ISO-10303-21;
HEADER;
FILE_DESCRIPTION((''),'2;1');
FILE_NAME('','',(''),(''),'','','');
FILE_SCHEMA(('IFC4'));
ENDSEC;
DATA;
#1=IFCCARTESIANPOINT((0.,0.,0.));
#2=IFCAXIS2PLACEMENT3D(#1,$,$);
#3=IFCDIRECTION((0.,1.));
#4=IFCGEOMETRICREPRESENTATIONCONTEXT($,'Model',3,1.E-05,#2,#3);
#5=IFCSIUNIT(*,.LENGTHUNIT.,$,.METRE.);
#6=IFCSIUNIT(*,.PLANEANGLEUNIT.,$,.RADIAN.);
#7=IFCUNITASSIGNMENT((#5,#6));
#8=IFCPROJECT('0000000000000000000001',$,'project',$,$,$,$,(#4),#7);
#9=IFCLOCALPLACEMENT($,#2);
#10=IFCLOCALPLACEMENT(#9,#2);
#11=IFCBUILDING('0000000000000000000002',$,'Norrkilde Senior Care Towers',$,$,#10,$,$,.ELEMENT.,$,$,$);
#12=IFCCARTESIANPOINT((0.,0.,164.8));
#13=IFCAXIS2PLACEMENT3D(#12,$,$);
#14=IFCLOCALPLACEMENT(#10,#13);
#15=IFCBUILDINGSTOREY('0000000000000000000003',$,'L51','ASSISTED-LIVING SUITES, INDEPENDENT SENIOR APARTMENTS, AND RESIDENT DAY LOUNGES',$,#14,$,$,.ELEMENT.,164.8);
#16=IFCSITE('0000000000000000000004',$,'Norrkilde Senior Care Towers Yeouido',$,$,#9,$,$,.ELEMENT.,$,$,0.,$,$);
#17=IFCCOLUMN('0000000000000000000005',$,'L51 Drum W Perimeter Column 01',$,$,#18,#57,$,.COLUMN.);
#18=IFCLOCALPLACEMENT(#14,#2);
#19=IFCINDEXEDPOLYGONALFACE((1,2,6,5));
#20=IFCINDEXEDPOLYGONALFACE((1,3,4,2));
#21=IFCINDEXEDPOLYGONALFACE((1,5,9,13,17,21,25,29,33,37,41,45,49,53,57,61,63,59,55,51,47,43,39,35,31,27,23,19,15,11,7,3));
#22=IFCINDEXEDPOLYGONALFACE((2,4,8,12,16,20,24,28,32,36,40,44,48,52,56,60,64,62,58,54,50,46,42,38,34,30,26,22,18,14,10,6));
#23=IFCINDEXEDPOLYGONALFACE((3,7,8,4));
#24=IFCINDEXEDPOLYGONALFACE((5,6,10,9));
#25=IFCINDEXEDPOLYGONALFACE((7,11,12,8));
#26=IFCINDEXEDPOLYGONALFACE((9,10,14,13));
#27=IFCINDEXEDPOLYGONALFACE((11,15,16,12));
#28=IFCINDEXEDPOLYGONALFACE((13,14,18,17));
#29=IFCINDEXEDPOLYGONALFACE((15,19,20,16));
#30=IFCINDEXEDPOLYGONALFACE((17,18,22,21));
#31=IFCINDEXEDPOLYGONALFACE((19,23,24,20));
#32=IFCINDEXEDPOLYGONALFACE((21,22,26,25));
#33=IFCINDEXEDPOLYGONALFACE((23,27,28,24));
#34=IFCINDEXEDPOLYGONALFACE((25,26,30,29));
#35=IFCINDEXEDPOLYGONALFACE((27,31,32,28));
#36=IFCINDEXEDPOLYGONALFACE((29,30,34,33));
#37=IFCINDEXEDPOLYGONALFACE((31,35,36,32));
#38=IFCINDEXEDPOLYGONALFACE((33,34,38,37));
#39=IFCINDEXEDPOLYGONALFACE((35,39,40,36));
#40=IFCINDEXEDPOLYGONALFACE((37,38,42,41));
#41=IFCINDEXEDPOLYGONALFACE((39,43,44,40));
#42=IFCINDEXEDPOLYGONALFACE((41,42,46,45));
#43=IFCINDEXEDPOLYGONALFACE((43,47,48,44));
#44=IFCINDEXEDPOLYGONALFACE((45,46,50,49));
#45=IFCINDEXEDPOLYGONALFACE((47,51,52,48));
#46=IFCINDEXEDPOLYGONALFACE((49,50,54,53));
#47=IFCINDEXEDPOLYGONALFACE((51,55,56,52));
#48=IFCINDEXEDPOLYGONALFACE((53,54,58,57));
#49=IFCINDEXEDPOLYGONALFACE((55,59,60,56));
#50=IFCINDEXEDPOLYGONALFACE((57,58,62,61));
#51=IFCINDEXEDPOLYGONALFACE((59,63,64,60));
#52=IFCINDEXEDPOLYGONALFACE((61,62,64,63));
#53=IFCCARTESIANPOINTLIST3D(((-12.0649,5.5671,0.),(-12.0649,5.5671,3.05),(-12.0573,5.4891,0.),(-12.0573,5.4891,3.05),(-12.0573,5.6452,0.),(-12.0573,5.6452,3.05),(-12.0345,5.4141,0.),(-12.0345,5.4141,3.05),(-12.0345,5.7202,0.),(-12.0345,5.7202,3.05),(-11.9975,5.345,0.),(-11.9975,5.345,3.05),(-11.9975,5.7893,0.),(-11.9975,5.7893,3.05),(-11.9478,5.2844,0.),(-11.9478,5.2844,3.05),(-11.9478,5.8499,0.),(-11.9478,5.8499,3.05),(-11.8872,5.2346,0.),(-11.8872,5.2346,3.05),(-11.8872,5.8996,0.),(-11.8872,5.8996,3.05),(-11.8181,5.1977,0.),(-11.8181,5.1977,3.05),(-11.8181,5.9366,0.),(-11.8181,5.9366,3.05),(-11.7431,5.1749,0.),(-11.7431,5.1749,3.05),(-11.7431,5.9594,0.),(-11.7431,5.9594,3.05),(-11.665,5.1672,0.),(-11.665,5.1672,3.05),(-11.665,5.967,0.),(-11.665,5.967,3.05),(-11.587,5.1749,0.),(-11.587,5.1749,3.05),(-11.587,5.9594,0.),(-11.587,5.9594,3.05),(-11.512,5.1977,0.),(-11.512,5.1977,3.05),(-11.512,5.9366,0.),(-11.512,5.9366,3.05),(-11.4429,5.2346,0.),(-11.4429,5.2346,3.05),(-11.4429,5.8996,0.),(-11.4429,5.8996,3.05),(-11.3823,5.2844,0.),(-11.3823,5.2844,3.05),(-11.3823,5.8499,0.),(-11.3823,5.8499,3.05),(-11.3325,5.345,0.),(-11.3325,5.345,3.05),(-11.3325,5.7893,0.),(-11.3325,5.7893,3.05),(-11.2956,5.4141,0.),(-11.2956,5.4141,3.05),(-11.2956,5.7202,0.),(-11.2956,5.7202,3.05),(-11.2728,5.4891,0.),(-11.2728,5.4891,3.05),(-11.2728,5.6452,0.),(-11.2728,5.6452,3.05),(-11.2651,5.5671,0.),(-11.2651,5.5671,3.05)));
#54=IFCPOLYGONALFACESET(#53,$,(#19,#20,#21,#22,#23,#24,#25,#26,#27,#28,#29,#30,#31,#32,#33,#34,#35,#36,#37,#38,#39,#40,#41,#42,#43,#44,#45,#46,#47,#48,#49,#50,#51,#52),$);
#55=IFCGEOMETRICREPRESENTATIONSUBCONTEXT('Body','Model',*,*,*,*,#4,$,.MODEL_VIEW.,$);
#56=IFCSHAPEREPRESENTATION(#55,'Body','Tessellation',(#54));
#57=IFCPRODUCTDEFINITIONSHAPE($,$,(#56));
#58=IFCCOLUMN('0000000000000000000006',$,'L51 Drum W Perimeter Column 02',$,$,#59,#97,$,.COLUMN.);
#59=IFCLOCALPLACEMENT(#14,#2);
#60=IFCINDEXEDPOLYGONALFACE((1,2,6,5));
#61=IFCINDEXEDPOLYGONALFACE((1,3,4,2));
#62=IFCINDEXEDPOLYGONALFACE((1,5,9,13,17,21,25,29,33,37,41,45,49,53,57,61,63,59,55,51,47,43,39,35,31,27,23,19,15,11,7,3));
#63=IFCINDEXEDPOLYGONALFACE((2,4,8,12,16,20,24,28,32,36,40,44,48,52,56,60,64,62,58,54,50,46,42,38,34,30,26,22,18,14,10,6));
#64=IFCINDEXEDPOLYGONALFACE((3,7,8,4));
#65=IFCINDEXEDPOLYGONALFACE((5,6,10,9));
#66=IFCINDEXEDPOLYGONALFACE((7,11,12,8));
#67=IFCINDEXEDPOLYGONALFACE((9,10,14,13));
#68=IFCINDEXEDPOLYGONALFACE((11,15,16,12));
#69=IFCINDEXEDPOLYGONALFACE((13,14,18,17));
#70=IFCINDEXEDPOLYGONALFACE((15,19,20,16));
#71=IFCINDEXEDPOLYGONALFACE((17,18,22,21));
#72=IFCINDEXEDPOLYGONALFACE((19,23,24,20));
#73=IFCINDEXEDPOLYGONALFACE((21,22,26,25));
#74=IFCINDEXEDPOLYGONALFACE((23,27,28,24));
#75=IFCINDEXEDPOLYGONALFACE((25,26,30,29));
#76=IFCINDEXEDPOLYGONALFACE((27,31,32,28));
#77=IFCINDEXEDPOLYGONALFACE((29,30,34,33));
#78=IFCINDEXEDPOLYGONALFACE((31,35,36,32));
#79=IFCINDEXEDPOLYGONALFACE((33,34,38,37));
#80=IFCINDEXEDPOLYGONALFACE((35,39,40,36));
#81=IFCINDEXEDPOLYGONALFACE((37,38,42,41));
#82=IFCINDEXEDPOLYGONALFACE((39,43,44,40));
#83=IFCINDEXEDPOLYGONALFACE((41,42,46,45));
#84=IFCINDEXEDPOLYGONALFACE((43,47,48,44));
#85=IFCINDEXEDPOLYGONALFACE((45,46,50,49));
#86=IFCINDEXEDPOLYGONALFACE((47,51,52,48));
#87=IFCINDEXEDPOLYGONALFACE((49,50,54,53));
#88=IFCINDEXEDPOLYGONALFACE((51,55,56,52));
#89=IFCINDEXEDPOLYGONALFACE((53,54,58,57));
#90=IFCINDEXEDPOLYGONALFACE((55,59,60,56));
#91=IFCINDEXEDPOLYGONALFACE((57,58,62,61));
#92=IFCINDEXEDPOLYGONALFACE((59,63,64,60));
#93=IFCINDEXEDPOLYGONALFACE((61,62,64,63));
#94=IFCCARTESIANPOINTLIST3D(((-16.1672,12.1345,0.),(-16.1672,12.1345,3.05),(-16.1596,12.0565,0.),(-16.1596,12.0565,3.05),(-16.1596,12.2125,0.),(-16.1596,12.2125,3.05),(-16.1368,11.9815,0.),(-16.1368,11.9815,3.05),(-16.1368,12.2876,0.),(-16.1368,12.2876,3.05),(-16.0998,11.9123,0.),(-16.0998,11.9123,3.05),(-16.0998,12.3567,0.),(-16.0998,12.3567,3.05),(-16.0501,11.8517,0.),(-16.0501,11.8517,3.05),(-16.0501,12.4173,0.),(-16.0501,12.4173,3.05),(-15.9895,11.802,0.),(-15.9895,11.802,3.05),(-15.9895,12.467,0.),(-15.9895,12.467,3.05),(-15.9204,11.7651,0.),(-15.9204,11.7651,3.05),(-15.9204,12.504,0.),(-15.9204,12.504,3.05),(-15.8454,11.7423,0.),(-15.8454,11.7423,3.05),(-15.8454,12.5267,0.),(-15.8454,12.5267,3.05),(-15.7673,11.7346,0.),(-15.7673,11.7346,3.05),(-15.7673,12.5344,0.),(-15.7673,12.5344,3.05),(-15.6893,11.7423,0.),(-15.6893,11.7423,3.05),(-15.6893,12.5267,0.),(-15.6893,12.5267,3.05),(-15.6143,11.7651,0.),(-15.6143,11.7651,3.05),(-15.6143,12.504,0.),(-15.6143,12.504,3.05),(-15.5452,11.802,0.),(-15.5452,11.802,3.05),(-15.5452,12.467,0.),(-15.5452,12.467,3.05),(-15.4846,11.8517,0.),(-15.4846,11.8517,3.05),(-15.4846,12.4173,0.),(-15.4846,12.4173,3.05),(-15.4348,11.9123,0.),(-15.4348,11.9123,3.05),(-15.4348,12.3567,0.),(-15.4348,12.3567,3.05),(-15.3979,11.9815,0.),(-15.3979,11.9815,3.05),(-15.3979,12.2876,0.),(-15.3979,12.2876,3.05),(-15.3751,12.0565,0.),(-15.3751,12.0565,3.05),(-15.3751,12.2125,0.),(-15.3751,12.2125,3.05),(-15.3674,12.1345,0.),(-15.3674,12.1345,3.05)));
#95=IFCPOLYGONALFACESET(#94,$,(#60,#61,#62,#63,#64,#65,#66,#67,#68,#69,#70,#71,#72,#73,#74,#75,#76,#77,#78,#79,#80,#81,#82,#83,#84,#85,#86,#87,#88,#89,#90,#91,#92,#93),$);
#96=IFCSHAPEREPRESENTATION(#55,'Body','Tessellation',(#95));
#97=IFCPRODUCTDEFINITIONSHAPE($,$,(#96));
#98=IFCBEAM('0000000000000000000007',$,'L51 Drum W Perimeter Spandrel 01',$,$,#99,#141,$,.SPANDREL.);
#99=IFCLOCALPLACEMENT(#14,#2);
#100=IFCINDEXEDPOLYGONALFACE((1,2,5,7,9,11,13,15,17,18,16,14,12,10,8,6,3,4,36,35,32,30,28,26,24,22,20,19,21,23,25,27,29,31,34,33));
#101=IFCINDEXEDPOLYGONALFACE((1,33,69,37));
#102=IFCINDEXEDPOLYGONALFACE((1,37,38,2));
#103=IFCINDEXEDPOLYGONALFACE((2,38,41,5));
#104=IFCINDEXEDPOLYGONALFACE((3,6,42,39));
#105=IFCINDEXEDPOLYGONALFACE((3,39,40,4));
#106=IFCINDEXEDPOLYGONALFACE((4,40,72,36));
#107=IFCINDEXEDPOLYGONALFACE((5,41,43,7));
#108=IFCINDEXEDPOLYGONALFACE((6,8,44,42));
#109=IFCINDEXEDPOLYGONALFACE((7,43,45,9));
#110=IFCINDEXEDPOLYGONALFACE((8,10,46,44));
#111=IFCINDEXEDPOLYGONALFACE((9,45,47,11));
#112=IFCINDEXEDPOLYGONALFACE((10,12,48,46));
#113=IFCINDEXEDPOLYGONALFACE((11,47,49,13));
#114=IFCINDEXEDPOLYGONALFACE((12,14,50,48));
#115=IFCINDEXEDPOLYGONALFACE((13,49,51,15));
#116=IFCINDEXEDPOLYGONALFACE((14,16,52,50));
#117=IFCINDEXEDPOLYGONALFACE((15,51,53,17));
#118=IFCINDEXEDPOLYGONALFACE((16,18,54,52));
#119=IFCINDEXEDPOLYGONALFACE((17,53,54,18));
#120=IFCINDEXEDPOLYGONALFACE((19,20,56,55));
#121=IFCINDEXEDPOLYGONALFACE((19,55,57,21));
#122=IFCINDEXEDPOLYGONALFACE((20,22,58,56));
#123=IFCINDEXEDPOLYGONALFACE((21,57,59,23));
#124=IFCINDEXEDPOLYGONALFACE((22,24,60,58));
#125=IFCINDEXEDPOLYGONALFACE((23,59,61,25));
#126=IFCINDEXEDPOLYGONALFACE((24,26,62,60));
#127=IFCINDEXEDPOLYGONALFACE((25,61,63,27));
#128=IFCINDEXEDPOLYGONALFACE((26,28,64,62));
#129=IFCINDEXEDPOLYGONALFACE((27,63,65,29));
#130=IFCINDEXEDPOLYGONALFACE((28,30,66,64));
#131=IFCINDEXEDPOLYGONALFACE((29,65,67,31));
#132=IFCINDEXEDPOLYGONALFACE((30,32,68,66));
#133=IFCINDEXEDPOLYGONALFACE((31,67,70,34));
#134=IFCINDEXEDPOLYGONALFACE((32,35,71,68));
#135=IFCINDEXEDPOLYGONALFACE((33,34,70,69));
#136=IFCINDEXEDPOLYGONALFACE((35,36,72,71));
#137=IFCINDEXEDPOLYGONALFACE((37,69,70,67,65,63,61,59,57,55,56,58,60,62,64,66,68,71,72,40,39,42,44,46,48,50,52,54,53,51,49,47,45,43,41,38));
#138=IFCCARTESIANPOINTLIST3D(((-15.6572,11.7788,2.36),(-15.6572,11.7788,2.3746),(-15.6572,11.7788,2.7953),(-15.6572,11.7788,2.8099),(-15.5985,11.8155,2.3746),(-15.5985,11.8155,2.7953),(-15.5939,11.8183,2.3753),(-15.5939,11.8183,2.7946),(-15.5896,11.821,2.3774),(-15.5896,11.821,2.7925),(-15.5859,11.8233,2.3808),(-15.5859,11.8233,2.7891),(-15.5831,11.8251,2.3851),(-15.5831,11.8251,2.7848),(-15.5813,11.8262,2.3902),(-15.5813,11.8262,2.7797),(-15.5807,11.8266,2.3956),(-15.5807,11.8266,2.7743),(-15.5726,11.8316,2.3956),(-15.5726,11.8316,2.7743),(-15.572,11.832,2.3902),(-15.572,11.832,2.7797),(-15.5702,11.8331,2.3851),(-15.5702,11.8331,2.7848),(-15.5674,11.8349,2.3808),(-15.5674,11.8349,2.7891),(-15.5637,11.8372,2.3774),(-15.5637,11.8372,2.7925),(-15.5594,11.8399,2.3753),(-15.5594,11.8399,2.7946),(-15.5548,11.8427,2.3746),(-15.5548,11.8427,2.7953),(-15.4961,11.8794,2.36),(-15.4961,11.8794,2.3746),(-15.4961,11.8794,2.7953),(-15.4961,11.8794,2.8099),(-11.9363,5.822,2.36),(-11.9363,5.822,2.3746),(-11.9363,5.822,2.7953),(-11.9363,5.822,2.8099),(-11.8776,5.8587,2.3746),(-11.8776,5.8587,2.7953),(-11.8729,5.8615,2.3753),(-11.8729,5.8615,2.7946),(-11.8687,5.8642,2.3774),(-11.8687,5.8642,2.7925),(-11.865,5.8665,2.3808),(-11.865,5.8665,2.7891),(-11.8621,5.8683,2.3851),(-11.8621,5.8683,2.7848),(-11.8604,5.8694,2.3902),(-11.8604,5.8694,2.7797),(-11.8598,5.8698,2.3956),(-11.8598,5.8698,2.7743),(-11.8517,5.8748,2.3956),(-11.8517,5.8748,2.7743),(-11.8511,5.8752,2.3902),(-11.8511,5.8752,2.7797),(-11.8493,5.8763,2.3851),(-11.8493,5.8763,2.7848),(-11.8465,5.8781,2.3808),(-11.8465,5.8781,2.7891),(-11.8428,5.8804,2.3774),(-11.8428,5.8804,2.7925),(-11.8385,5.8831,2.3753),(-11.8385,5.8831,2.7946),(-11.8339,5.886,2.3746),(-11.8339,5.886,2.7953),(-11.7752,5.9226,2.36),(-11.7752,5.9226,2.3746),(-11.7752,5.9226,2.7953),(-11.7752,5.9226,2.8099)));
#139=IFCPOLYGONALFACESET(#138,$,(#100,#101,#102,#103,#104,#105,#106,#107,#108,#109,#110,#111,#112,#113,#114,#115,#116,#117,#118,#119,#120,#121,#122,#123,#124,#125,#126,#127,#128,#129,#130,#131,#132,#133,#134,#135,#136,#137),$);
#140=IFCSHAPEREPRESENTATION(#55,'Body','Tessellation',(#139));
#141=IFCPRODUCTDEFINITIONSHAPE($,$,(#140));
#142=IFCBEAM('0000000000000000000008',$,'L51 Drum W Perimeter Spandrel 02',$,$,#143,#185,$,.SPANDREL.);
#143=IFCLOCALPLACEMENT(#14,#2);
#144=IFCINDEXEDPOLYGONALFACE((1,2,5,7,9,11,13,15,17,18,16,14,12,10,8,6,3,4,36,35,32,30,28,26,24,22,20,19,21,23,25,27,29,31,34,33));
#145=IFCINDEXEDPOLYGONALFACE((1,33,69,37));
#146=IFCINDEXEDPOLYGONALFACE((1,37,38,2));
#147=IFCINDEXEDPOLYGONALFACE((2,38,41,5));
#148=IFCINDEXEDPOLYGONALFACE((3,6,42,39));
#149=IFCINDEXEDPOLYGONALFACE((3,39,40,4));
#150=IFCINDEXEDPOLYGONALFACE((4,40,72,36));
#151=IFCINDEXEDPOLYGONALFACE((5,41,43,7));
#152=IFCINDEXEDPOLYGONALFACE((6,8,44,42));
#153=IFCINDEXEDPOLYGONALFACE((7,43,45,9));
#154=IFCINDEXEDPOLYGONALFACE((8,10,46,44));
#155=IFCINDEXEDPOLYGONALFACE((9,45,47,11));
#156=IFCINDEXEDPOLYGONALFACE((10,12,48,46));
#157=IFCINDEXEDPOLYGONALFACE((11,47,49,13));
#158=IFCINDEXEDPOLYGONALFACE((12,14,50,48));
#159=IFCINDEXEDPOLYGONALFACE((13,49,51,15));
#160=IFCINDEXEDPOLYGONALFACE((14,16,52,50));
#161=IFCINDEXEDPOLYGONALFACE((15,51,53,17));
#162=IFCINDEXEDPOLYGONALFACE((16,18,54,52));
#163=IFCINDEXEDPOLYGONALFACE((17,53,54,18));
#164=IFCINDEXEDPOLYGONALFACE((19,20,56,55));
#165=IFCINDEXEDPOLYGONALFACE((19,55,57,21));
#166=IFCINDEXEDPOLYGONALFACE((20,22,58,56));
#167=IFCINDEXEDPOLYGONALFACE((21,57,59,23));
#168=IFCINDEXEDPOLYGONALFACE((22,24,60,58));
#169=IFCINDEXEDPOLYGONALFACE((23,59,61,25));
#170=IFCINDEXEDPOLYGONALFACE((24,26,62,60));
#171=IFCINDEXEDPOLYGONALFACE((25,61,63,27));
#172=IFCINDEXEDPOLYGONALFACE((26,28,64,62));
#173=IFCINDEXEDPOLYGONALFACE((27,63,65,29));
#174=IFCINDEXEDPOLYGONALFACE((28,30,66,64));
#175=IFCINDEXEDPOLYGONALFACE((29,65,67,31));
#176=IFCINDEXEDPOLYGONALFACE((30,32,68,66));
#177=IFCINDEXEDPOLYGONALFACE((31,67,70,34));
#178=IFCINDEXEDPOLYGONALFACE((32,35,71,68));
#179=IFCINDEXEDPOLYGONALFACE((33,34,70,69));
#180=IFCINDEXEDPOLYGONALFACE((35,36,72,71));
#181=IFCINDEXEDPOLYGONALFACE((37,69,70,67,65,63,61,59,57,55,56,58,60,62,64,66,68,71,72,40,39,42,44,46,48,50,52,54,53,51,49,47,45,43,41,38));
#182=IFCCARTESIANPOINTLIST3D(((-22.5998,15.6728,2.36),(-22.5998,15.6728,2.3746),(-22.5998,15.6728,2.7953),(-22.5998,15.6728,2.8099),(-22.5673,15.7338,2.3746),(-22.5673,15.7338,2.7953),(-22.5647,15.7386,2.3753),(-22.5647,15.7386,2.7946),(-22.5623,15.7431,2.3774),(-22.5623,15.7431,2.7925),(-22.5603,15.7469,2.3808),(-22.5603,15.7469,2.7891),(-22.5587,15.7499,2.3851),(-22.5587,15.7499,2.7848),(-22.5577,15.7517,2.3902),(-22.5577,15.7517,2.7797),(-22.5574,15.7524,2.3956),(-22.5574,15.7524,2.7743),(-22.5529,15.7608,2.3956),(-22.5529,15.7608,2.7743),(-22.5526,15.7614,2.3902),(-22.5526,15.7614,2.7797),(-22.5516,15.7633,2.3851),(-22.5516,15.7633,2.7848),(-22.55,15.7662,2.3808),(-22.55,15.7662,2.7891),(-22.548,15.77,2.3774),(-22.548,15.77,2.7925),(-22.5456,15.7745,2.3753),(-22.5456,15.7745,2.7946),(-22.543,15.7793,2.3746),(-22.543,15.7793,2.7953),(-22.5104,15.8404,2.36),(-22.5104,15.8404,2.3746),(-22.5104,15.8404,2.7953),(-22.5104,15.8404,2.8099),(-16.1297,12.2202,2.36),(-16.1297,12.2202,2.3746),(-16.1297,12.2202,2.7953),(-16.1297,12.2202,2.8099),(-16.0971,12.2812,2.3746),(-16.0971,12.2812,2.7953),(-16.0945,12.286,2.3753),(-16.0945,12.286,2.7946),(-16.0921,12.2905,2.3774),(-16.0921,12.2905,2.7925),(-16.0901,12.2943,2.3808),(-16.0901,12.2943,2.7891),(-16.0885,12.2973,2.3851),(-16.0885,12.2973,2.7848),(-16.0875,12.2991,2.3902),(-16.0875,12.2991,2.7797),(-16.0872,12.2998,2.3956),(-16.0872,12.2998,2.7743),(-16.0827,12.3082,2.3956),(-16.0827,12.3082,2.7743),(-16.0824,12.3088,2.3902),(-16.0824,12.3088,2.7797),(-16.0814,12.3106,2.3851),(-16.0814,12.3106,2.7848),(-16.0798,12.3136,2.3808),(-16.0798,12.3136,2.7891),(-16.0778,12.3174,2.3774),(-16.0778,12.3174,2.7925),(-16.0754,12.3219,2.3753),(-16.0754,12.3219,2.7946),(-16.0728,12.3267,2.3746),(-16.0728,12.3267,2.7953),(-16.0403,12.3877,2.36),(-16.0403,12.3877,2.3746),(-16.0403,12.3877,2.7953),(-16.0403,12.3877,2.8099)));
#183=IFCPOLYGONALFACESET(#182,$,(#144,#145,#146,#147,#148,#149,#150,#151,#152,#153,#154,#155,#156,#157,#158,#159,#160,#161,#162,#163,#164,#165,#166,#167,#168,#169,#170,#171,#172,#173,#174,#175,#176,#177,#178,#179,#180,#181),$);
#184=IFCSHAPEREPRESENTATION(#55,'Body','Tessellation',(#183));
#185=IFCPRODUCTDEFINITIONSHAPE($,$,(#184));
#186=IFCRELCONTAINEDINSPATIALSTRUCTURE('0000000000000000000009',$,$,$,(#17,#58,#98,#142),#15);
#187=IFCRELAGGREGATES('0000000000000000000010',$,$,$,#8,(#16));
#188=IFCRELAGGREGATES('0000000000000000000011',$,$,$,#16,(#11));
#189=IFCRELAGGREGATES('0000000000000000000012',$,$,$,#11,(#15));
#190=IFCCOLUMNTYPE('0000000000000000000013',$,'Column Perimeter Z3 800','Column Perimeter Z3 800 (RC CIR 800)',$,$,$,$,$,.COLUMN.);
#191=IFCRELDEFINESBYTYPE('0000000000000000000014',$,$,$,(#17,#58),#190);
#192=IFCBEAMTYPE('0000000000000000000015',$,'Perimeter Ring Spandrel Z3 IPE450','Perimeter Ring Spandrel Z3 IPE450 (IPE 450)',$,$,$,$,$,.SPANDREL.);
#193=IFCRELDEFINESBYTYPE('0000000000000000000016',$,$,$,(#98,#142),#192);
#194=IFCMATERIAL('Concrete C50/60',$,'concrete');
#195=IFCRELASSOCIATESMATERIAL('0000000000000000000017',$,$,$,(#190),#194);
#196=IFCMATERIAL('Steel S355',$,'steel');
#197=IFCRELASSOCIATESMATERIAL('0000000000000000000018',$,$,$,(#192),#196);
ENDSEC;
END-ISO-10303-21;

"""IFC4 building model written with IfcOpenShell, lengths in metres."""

from ifc_helpers import new_model, si_unit, direction, frame, origin, origin_2d, place, context, subcontext, project, spatial, circle, i_section, extrude, source, transform, mapped, material, material_profile, profile_set, type_object, type_shapes, element, save


model = new_model("IFC4")

# Units and contexts
model_context = context("Model", 3, precision=1e-05, world=origin(), true_north=direction((0.0, 1.0)))
body_context = subcontext(model_context, "Body", "Model", "MODEL_VIEW")
ifc_project = project(units=[si_unit("LENGTHUNIT", "METRE"), si_unit("PLANEANGLEUNIT", "RADIAN")], contexts=[model_context])

# Site, building, storey
site_placement = place(None, origin())
site = spatial("IfcSite", under=ifc_project, at=site_placement, Name="Norrkilde Senior Care Towers Yeouido", CompositionType="ELEMENT", RefElevation=0.0)
building_placement = place(site_placement, origin())
building = spatial("IfcBuilding", under=site, at=building_placement, Name="Norrkilde Senior Care Towers", CompositionType="ELEMENT")
storey_placement = place(building_placement, frame((0.0, 0.0, 164.8)))
storey = spatial("IfcBuildingStorey", under=building, at=storey_placement, Name="L51", Description="ASSISTED-LIVING SUITES, INDEPENDENT SENIOR APARTMENTS, AND RESIDENT DAY LOUNGES", CompositionType="ELEMENT", Elevation=164.8)

# Columns
ifc_material_1 = material(Name="Concrete C50/60", Category="concrete")
ifc_material_profile_1 = material_profile(ifc_material_1, circle(Radius=0.3999, at=origin_2d()), Name="RC CIR 800")
ifc_profile_set_1 = profile_set([ifc_material_profile_1], Name="Concrete C50/60")
column_type = type_object("IfcColumnType", Name="Column Perimeter Z3 800", Description="Column Perimeter Z3 800 (RC CIR 800)", PredefinedType="COLUMN", material=ifc_profile_set_1)
shared_shape_1 = source(origin(), body_context, "Body", "SweptSolid", [
    extrude(circle(Radius=0.3999, at=origin_2d()), origin(), (0.0, 0.0, 1.0), 3.05),
])
type_shapes(column_type, [shared_shape_1])
for number, where, z_axis, x_axis, name in (
    (1, (-11.665, 5.5671, 0.0), (0.0, 0.0, 1.0), (1.0, 0.0, 0.0), "L51 Drum W Perimeter Column 01"),
    (2, (-15.7673, 12.1345, 0.0), (0.0, 0.0, 1.0), (1.0, 0.0, 0.0), "L51 Drum W Perimeter Column 02"),
):
    element("IfcColumn", number, at=place(storey_placement, frame(where, z_axis=z_axis, x_axis=x_axis)), inside=storey, type_object=column_type, Name=name, PredefinedType="COLUMN", context=body_context, shape_type="MappedRepresentation", body=[
        mapped(shared_shape_1, transform((0.0, 0.0, 0.0), x_axis=(1.0, 0.0, 0.0), y_axis=(0.0, 1.0, 0.0), z_axis=(0.0, 0.0, 1.0), scale=1.0)),
    ])

# Beams
ifc_material_2 = material(Name="Steel S355", Category="steel")
ifc_material_profile_2 = material_profile(ifc_material_2, i_section(OverallWidth=0.1899, OverallDepth=0.45, WebThickness=0.0095, FlangeThickness=0.0146, FilletRadius=0.021, at=origin_2d()), Name="IPE 450")
ifc_profile_set_2 = profile_set([ifc_material_profile_2], Name="Steel S355")
beam_type_1 = type_object("IfcBeamType", Name="Perimeter Ring Spandrel Z3 IPE450", Description="Perimeter Ring Spandrel Z3 IPE450 (IPE 450)", PredefinedType="SPANDREL", material=ifc_profile_set_2)
shared_shape_2 = source(origin(), body_context, "Body", "SweptSolid", [
    extrude(i_section(OverallWidth=0.1899, OverallDepth=0.45, WebThickness=0.0095, FlangeThickness=0.0146, FilletRadius=0.021, at=origin_2d()), origin(), (0.0, 0.0, 1.0), 7.0234),
])
beam_1_placement = place(storey_placement, frame((-11.8557, 5.8723, 2.585), z_axis=(-0.52979, 0.848129, 0.0), x_axis=(-0.848129, -0.52979, 0.0)))
element("IfcBeam", 3, at=beam_1_placement, inside=storey, type_object=beam_type_1, Name="L51 Drum W Perimeter Spandrel 01", PredefinedType="SPANDREL", context=body_context, shape_type="MappedRepresentation", body=[
    mapped(shared_shape_2, transform((0.0, 0.0, 0.0), x_axis=(1.0, 0.0, 0.0), y_axis=(0.0, 1.0, 0.0), z_axis=(0.0, 0.0, 1.0), scale=1.0)),
])
shared_shape_3 = source(origin(), body_context, "Body", "SweptSolid", [
    extrude(i_section(OverallWidth=0.1899, OverallDepth=0.45, WebThickness=0.0095, FlangeThickness=0.0146, FilletRadius=0.021, at=origin_2d()), origin(), (0.0, 0.0, 1.0), 7.3337),
])
type_shapes(beam_type_1, [shared_shape_2, shared_shape_3])
beam_2_placement = place(storey_placement, frame((-16.085, 12.304, 2.585), z_axis=(-0.882248, 0.470785, 0.0), x_axis=(-0.470785, -0.882248, 0.0)))
element("IfcBeam", 4, at=beam_2_placement, inside=storey, type_object=beam_type_1, Name="L51 Drum W Perimeter Spandrel 02", PredefinedType="SPANDREL", context=body_context, shape_type="MappedRepresentation", body=[
    mapped(shared_shape_3, transform((0.0, 0.0, 0.0), x_axis=(1.0, 0.0, 0.0), y_axis=(0.0, 1.0, 0.0), z_axis=(0.0, 0.0, 1.0), scale=1.0)),
])

save(model, "model.ifc")
